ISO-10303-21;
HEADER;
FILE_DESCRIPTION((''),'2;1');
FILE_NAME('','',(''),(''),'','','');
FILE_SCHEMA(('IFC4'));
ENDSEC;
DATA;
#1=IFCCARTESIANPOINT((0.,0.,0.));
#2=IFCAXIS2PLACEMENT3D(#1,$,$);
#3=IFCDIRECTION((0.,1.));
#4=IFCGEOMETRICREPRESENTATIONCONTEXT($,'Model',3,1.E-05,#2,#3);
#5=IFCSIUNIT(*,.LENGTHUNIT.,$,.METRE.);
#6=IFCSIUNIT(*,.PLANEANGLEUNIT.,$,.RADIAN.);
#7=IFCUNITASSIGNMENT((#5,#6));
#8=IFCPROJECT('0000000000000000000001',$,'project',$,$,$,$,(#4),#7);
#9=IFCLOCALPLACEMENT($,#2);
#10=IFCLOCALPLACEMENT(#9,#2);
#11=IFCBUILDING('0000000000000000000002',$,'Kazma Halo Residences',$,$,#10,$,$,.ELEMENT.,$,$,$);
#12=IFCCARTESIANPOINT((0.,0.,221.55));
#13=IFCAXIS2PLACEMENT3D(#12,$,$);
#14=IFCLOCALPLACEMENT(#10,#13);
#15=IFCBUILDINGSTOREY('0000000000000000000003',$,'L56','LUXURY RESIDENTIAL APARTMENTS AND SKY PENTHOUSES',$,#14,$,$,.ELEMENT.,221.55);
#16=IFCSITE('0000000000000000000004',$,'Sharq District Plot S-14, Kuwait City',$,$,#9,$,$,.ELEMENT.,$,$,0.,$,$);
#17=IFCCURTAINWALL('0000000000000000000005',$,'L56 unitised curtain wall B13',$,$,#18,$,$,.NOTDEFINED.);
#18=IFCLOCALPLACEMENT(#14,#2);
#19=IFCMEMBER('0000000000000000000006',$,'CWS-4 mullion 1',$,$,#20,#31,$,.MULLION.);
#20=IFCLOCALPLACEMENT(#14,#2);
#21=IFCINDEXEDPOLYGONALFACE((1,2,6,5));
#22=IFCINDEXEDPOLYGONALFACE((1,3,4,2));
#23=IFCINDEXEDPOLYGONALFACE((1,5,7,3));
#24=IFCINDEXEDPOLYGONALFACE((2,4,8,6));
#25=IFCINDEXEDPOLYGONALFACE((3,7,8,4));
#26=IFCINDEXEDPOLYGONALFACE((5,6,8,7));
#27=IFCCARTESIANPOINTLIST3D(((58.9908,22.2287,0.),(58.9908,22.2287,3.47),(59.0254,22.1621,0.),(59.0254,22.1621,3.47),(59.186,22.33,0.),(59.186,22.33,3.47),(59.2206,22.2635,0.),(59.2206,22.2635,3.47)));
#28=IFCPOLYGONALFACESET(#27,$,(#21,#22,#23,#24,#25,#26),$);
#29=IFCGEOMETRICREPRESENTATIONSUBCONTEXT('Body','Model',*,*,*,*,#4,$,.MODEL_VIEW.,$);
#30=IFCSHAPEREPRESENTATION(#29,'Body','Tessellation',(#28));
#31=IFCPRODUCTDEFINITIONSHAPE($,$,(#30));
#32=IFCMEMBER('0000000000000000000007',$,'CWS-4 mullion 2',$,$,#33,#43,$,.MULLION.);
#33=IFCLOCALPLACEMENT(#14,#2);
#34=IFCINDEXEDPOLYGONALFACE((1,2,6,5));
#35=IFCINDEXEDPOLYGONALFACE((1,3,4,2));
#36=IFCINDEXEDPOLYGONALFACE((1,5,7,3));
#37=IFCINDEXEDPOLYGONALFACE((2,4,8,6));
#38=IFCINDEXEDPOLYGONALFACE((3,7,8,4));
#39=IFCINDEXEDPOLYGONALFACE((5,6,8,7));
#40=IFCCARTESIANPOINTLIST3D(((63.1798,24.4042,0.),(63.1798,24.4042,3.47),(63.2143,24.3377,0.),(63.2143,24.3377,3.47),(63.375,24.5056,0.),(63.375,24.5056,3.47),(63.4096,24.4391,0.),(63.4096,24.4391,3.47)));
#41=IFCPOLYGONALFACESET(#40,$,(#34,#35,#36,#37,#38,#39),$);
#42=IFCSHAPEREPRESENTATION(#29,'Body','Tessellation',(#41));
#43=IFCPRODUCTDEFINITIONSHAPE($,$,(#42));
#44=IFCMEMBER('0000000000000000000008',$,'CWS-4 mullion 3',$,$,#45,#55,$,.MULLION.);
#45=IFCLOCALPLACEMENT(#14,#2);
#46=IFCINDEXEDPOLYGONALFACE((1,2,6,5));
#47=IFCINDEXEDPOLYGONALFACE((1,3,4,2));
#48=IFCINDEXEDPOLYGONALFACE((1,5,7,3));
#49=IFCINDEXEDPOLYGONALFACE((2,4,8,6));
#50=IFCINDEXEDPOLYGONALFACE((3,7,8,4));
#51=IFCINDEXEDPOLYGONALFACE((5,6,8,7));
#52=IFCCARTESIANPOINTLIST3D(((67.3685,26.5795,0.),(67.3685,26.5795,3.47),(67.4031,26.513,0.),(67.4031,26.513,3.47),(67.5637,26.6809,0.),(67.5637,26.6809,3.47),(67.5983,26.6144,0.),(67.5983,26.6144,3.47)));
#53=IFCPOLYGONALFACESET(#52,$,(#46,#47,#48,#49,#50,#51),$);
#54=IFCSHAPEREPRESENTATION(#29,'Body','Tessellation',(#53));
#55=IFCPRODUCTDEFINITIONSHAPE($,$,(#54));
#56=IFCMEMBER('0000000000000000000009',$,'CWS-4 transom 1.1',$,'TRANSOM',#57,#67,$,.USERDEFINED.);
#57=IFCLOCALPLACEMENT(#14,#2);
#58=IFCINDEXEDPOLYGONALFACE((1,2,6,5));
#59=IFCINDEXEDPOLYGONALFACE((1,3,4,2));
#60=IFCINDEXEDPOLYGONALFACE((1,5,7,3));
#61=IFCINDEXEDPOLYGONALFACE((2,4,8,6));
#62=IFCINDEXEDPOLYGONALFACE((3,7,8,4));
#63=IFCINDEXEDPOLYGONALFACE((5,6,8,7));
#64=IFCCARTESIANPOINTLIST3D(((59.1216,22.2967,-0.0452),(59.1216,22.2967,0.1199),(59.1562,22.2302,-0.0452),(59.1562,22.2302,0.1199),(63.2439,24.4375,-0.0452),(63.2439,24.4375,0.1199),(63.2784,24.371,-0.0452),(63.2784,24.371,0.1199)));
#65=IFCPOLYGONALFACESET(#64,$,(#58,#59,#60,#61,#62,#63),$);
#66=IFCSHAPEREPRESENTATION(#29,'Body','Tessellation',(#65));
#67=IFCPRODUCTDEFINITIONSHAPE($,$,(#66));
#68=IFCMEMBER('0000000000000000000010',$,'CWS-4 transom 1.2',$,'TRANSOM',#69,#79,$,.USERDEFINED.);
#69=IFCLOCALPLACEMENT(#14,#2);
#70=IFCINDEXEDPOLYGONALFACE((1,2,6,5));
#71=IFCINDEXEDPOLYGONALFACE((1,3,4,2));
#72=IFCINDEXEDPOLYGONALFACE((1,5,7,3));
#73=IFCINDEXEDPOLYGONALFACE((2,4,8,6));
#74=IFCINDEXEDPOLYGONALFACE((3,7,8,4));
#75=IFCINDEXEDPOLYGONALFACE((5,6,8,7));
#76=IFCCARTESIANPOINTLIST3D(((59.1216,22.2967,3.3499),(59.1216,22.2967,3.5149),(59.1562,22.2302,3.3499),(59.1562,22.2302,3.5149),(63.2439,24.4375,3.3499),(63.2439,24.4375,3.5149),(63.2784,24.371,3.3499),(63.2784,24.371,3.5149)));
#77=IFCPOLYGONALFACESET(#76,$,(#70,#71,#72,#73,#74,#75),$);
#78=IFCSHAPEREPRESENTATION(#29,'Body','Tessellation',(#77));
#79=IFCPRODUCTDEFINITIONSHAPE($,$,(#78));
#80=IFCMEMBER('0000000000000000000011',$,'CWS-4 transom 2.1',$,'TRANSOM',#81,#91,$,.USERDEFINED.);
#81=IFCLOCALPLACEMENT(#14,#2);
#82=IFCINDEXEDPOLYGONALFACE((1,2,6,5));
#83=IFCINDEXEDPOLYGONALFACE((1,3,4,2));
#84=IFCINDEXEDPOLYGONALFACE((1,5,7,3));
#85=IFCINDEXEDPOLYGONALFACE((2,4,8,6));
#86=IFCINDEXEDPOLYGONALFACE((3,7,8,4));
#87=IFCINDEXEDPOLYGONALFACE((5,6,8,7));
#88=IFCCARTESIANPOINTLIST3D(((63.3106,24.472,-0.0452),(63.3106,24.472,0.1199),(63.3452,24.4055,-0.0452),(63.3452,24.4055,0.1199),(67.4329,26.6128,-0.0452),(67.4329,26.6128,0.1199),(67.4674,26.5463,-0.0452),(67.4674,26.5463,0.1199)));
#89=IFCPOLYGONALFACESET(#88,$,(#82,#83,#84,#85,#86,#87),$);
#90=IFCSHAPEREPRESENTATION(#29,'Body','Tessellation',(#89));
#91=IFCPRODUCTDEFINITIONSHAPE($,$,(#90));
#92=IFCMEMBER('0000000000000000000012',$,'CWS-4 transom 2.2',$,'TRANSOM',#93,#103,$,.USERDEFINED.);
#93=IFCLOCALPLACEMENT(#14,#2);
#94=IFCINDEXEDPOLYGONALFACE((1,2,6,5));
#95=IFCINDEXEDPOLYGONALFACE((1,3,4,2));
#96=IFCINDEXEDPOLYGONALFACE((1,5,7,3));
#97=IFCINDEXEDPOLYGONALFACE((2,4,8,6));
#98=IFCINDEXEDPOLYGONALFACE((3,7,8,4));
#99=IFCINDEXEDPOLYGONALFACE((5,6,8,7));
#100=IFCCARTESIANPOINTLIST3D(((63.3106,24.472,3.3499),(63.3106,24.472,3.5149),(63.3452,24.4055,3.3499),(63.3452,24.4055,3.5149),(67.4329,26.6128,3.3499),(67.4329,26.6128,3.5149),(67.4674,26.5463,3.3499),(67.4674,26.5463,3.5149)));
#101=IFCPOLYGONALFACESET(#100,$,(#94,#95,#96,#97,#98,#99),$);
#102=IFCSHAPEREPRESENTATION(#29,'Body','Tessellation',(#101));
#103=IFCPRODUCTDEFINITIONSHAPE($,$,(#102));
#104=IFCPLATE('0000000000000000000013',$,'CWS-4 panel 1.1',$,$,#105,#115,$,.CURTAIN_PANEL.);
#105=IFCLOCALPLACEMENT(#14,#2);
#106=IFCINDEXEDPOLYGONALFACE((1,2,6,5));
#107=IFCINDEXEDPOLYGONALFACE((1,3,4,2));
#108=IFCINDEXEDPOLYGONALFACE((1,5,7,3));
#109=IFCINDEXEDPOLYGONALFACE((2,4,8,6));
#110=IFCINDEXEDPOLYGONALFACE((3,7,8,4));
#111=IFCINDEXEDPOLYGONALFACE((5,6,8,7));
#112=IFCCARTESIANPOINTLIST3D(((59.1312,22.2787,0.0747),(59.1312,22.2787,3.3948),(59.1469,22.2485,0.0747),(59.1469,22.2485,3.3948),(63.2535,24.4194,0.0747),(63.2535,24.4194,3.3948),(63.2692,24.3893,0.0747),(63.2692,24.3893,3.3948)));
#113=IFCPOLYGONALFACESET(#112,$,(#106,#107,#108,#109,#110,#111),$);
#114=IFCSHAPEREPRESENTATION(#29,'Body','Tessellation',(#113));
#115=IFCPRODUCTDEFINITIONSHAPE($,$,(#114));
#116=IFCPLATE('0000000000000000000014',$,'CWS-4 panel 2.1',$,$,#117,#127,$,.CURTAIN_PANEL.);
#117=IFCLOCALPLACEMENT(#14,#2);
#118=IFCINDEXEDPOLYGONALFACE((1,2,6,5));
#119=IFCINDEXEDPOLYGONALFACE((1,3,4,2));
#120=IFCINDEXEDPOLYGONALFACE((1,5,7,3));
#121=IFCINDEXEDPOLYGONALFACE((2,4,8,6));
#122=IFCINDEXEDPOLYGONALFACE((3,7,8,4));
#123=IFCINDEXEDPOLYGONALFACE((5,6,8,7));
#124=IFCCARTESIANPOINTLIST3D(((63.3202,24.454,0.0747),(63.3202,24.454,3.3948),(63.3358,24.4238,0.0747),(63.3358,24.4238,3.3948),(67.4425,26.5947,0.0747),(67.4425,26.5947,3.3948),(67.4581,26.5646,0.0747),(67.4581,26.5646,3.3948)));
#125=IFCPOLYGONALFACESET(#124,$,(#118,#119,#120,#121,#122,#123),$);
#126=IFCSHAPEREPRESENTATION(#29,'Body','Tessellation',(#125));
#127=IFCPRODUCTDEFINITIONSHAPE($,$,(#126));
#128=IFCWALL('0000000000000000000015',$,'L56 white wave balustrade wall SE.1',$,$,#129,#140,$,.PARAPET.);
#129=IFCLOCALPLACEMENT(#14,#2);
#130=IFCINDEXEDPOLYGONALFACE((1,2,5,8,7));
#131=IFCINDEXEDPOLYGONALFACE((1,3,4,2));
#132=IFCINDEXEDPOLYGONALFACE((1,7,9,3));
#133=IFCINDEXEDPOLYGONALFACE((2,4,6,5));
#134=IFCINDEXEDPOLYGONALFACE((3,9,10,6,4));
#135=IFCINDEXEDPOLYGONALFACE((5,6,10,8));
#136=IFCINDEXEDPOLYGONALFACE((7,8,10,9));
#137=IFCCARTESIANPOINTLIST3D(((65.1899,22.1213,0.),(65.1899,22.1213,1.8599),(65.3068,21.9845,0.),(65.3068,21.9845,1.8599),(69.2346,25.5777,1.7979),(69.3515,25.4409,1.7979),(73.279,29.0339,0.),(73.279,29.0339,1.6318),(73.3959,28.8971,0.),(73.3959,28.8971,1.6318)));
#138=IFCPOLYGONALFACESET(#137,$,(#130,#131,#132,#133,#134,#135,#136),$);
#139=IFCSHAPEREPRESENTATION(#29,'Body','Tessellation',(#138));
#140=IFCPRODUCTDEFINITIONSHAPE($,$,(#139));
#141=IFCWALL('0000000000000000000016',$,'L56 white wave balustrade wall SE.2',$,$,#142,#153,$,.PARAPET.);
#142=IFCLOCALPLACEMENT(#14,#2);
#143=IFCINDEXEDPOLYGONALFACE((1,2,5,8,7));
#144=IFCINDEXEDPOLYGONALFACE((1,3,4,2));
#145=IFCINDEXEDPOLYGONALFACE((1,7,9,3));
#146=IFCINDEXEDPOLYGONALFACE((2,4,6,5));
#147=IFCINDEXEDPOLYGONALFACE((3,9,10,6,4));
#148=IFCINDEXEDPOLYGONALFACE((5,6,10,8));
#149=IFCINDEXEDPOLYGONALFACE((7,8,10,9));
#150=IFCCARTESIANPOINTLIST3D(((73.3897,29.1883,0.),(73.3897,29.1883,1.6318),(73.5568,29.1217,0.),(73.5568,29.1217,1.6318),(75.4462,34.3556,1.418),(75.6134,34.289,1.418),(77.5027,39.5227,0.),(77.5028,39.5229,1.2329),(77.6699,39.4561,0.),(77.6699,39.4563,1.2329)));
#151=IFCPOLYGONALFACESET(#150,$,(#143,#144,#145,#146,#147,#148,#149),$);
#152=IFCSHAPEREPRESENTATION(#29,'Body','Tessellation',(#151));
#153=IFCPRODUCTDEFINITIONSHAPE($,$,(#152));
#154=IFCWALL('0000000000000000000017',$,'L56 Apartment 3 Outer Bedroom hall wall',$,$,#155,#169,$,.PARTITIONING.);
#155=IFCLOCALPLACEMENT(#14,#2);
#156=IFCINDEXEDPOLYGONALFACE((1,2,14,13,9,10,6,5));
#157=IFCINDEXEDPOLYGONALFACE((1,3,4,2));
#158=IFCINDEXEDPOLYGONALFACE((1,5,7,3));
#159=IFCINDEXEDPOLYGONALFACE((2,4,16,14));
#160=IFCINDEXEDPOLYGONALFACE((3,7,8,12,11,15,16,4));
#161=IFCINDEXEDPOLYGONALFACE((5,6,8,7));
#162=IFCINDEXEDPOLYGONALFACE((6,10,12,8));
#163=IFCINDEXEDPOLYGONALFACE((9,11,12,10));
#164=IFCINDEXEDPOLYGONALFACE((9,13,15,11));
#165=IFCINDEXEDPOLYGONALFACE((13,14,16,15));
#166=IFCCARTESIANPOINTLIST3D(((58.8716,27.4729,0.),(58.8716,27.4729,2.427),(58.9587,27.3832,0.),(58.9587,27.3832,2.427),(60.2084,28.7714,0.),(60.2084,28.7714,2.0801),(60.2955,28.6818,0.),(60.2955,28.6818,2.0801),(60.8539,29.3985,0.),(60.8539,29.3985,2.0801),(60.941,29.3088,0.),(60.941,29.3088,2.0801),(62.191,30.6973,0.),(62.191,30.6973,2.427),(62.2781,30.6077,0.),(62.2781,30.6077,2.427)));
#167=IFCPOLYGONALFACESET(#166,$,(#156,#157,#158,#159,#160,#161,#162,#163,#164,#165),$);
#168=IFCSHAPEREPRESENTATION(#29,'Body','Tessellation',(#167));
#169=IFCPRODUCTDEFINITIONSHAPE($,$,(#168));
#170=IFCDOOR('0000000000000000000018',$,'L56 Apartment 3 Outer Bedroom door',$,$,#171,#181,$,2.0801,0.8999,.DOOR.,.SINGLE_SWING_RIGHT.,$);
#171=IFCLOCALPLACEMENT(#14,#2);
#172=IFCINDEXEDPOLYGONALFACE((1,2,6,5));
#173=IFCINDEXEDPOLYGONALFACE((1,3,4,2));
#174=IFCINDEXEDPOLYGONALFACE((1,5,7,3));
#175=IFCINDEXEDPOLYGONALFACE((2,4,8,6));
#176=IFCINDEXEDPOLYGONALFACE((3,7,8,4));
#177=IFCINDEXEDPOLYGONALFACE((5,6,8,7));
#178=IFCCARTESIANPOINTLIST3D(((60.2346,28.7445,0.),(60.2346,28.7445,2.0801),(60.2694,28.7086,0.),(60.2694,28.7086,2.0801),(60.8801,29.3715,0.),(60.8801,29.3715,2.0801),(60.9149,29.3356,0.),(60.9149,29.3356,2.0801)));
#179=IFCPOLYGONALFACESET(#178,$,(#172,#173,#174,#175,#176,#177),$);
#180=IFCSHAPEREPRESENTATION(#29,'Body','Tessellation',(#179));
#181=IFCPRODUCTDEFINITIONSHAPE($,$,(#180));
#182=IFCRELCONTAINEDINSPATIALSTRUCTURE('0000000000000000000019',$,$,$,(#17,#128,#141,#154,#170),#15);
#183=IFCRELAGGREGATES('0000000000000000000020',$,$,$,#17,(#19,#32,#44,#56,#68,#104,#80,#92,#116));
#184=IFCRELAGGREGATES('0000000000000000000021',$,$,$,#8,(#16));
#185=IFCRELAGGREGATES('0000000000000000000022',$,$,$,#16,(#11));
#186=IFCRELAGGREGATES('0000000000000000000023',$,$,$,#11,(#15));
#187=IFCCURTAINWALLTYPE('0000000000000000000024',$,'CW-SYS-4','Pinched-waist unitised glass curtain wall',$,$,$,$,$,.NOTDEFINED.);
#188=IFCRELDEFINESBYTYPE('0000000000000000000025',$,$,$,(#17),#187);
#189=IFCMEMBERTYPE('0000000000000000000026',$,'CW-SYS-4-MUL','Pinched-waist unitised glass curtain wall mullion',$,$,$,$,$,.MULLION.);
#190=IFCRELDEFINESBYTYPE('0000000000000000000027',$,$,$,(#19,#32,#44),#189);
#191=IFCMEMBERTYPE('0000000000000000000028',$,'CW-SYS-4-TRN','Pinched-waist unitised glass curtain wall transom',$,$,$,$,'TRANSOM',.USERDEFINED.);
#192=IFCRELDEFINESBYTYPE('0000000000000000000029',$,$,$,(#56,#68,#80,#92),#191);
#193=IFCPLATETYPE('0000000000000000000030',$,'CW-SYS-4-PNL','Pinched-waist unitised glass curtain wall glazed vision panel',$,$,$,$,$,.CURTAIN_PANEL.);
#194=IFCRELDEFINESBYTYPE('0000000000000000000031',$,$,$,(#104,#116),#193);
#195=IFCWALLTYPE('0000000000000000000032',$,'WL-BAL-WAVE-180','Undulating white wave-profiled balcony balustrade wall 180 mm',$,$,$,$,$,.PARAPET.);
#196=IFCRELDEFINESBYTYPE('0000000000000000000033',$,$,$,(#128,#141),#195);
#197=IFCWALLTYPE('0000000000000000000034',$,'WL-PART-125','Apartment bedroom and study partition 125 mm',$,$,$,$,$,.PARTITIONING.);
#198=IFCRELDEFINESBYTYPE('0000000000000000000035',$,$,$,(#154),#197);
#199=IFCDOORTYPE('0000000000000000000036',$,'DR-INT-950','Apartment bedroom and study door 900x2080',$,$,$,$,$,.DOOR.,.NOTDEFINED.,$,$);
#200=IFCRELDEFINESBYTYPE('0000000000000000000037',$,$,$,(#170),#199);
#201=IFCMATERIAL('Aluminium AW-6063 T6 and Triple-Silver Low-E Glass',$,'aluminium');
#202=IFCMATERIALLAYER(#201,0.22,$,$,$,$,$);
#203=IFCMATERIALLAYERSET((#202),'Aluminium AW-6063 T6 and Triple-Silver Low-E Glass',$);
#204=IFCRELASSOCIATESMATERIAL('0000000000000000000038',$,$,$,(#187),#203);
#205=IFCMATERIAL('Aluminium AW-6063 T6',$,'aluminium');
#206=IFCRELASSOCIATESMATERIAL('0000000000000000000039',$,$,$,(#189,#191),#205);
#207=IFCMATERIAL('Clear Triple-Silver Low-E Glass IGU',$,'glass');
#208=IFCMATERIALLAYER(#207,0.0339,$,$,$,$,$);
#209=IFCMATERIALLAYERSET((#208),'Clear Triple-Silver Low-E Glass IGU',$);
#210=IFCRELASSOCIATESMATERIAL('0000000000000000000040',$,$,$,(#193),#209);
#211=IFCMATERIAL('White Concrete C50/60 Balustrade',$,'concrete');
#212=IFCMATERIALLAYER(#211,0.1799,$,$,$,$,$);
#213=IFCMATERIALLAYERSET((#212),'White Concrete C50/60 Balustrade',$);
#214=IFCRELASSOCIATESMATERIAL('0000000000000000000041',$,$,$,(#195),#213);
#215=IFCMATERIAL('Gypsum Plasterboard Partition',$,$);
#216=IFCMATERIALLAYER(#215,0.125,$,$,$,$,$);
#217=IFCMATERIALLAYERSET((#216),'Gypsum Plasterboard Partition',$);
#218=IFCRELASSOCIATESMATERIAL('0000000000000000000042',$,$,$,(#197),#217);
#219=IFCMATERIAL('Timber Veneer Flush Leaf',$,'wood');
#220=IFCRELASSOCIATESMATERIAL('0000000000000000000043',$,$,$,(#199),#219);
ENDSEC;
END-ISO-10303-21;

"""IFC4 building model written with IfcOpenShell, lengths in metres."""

from ifc_helpers import new_model, si_unit, direction, frame, frame_2d, origin, origin_2d, place, context, subcontext, project, spatial, polyline, rectangle, outline, extrude, material, layer, layer_set, material_profile, profile_set, type_object, element, fill, aggregate, save


model = new_model("IFC4")

# Units and contexts
model_context = context("Model", 3, precision=1e-05, world=origin(), true_north=direction((0.0, 1.0)))
body_context = subcontext(model_context, "Body", "Model", "MODEL_VIEW")
ifc_project = project(units=[si_unit("LENGTHUNIT", "METRE"), si_unit("PLANEANGLEUNIT", "RADIAN")], contexts=[model_context])

# Site, building, storey
site_placement = place(None, origin())
site = spatial("IfcSite", under=ifc_project, at=site_placement, Name="Sharq District Plot S-14, Kuwait City", CompositionType="ELEMENT", RefElevation=0.0)
building_placement = place(site_placement, origin())
building = spatial("IfcBuilding", under=site, at=building_placement, Name="Kazma Halo Residences", CompositionType="ELEMENT")
storey_placement = place(building_placement, frame((0.0, 0.0, 221.55)))
storey = spatial("IfcBuildingStorey", under=building, at=storey_placement, Name="L56", Description="LUXURY RESIDENTIAL APARTMENTS AND SKY PENTHOUSES", CompositionType="ELEMENT", Elevation=221.55)

# Curtain wall, members, plates
ifc_material_1 = material(Name="Aluminium AW-6063 T6 and Triple-Silver Low-E Glass", Category="aluminium")
ifc_layer_1 = layer(ifc_material_1, 0.22)
ifc_layer_set_1 = layer_set([ifc_layer_1], Name="Aluminium AW-6063 T6 and Triple-Silver Low-E Glass")
curtain_wall_type = type_object("IfcCurtainWallType", Name="CW-SYS-4", Description="Pinched-waist unitised glass curtain wall", PredefinedType="NOTDEFINED", material=ifc_layer_set_1)
curtain_wall_placement = place(storey_placement, origin())
curtain_wall = element("IfcCurtainWall", 1, at=curtain_wall_placement, inside=storey, type_object=curtain_wall_type, Name="L56 unitised curtain wall B13", PredefinedType="NOTDEFINED")
ifc_material_2 = material(Name="Aluminium AW-6063 T6", Category="aluminium")
ifc_material_profile_1 = material_profile(ifc_material_2, rectangle(XDim=0.075, YDim=0.22, at=origin_2d()), Name="CWM-75x220")
ifc_profile_set_1 = profile_set([ifc_material_profile_1], Name="Aluminium AW-6063 T6")
member_type_1 = type_object("IfcMemberType", Name="CW-SYS-4-MUL", Description="Pinched-waist unitised glass curtain wall mullion", PredefinedType="MULLION", material=ifc_profile_set_1)
member_1_placement = place(storey_placement, frame((59.1057, 22.2461, 0.0), z_axis=(0.0, 0.0, 1.0), x_axis=(-0.460874, 0.887466, 0.0)))
member_1 = element("IfcMember", 2, at=member_1_placement, type_object=member_type_1, Name="CWS-4 mullion 1", PredefinedType="MULLION", context=body_context, shape_type="SweptSolid", body=[
    extrude(rectangle(XDim=0.075, YDim=0.22, at=origin_2d()), origin(), (0.0, 0.0, 1.0), 3.47),
])
member_2_placement = place(storey_placement, frame((63.2947, 24.4216, 0.0), z_axis=(0.0, 0.0, 1.0), x_axis=(-0.460874, 0.887466, 0.0)))
member_2 = element("IfcMember", 3, at=member_2_placement, type_object=member_type_1, Name="CWS-4 mullion 2", PredefinedType="MULLION", context=body_context, shape_type="SweptSolid", body=[
    extrude(rectangle(XDim=0.075, YDim=0.22, at=origin_2d()), origin(), (0.0, 0.0, 1.0), 3.47),
])
member_3_placement = place(storey_placement, frame((67.4834, 26.5969, 0.0), z_axis=(0.0, 0.0, 1.0), x_axis=(-0.460874, 0.887466, 0.0)))
member_3 = element("IfcMember", 4, at=member_3_placement, type_object=member_type_1, Name="CWS-4 mullion 3", PredefinedType="MULLION", context=body_context, shape_type="SweptSolid", body=[
    extrude(rectangle(XDim=0.075, YDim=0.22, at=origin_2d()), origin(), (0.0, 0.0, 1.0), 3.47),
])
ifc_material_profile_2 = material_profile(ifc_material_2, rectangle(XDim=0.075, YDim=0.165, at=origin_2d()), Name="CWT-75x165")
ifc_profile_set_2 = profile_set([ifc_material_profile_2], Name="Aluminium AW-6063 T6")
member_type_2 = type_object("IfcMemberType", Name="CW-SYS-4-TRN", Description="Pinched-waist unitised glass curtain wall transom", ElementType="TRANSOM", PredefinedType="USERDEFINED", material=ifc_profile_set_2)
member_4_placement = place(storey_placement, frame((59.1389, 22.2634, 0.0374), z_axis=(0.887458, 0.460889, 0.0), x_axis=(-0.460889, 0.887458, 0.0)))
member_4 = element("IfcMember", 5, at=member_4_placement, type_object=member_type_2, Name="CWS-4 transom 1.1", ObjectType="TRANSOM", PredefinedType="USERDEFINED", context=body_context, shape_type="SweptSolid", body=[
    extrude(rectangle(XDim=0.075, YDim=0.165, at=origin_2d()), origin(), (0.0, 0.0, 1.0), 4.645),
])
member_5_placement = place(storey_placement, frame((59.1389, 22.2634, 3.4324), z_axis=(0.887458, 0.460889, 0.0), x_axis=(-0.460889, 0.887458, 0.0)))
member_5 = element("IfcMember", 6, at=member_5_placement, type_object=member_type_2, Name="CWS-4 transom 1.2", ObjectType="TRANSOM", PredefinedType="USERDEFINED", context=body_context, shape_type="SweptSolid", body=[
    extrude(rectangle(XDim=0.075, YDim=0.165, at=origin_2d()), origin(), (0.0, 0.0, 1.0), 4.645),
])
member_6_placement = place(storey_placement, frame((63.3279, 24.4387, 0.0374), z_axis=(0.887458, 0.460889, 0.0), x_axis=(-0.460889, 0.887458, 0.0)))
member_6 = element("IfcMember", 7, at=member_6_placement, type_object=member_type_2, Name="CWS-4 transom 2.1", ObjectType="TRANSOM", PredefinedType="USERDEFINED", context=body_context, shape_type="SweptSolid", body=[
    extrude(rectangle(XDim=0.075, YDim=0.165, at=origin_2d()), origin(), (0.0, 0.0, 1.0), 4.645),
])
member_7_placement = place(storey_placement, frame((63.3279, 24.4387, 3.4324), z_axis=(0.887458, 0.460889, 0.0), x_axis=(-0.460889, 0.887458, 0.0)))
member_7 = element("IfcMember", 8, at=member_7_placement, type_object=member_type_2, Name="CWS-4 transom 2.2", ObjectType="TRANSOM", PredefinedType="USERDEFINED", context=body_context, shape_type="SweptSolid", body=[
    extrude(rectangle(XDim=0.075, YDim=0.165, at=origin_2d()), origin(), (0.0, 0.0, 1.0), 4.645),
])
ifc_material_3 = material(Name="Clear Triple-Silver Low-E Glass IGU", Category="glass")
ifc_layer_2 = layer(ifc_material_3, 0.0339)
ifc_layer_set_2 = layer_set([ifc_layer_2], Name="Clear Triple-Silver Low-E Glass IGU")
plate_type = type_object("IfcPlateType", Name="CW-SYS-4-PNL", Description="Pinched-waist unitised glass curtain wall glazed vision panel", PredefinedType="CURTAIN_PANEL", material=ifc_layer_set_2)
plate_1_placement = place(storey_placement, frame((61.2002, 23.334, 0.0747), z_axis=(0.0, 0.0, 1.0), x_axis=(0.887466, 0.460874, 0.0)))
plate_1 = element("IfcPlate", 9, at=plate_1_placement, type_object=plate_type, Name="CWS-4 panel 1.1", PredefinedType="CURTAIN_PANEL", context=body_context, shape_type="SweptSolid", body=[
    extrude(rectangle(XDim=4.645, YDim=0.0339, at=origin_2d()), origin(), (0.0, 0.0, 1.0), 3.3201),
])
plate_2_placement = place(storey_placement, frame((65.3892, 25.5093, 0.0747), z_axis=(0.0, 0.0, 1.0), x_axis=(0.887466, 0.460874, 0.0)))
plate_2 = element("IfcPlate", 10, at=plate_2_placement, type_object=plate_type, Name="CWS-4 panel 2.1", PredefinedType="CURTAIN_PANEL", context=body_context, shape_type="SweptSolid", body=[
    extrude(rectangle(XDim=4.645, YDim=0.0339, at=origin_2d()), origin(), (0.0, 0.0, 1.0), 3.3201),
])
aggregate(curtain_wall, [member_1, member_2, member_3, member_4, member_5, plate_1, member_6, member_7, plate_2])

# Walls
ifc_material_4 = material(Name="White Concrete C50/60 Balustrade", Category="concrete")
ifc_layer_3 = layer(ifc_material_4, 0.1799)
ifc_layer_set_3 = layer_set([ifc_layer_3], Name="White Concrete C50/60 Balustrade")
wall_type_1 = type_object("IfcWallType", Name="WL-BAL-WAVE-180", Description="Undulating white wave-profiled balcony balustrade wall 180 mm", PredefinedType="PARAPET", material=ifc_layer_set_3)
wall_1_placement = place(storey_placement, frame((65.2483, 22.053, 0.0), z_axis=(0.0, 0.0, 1.0), x_axis=(0.760228, 0.649657, 0.0)))
element("IfcWall", 11, at=wall_1_placement, inside=storey, type_object=wall_type_1, Name="L56 white wave balustrade wall SE.1", PredefinedType="PARAPET", context=body_context, shape_type="SweptSolid", body=[
    extrude(outline(polyline([(0.0, 0.0), (10.6404, 0.0), (10.6404, 1.6318), (5.3203, 1.7979), (0.0, 1.8599), (0.0, 0.0)])), frame((0.0, 0.0898, 0.0), z_axis=(0.0, -1.0, 0.0), x_axis=(1.0, 0.0, 0.0)), (0.0, 0.0, 1.0), 0.1799),
])
wall_2_placement = place(storey_placement, frame((73.4731, 29.155, 0.0), z_axis=(0.0, 0.0, 1.0), x_axis=(0.369782, 0.929119, 0.0)))
element("IfcWall", 12, at=wall_2_placement, inside=storey, type_object=wall_type_1, Name="L56 white wave balustrade wall SE.2", PredefinedType="PARAPET", context=body_context, shape_type="SweptSolid", body=[
    extrude(outline(polyline([(0.0, 0.0), (11.1228, 0.0), (11.123, 1.2329), (5.5615, 1.418), (0.0, 1.6318), (0.0, 0.0)])), frame((0.0, 0.0898, 0.0), z_axis=(0.0, -1.0, 0.0), x_axis=(1.0, 0.0, 0.0)), (0.0, 0.0, 1.0), 0.1799),
])

# Wall, opening, door
ifc_material_5 = material(Name="Gypsum Plasterboard Partition")
ifc_layer_4 = layer(ifc_material_5, 0.125)
ifc_layer_set_4 = layer_set([ifc_layer_4], Name="Gypsum Plasterboard Partition")
wall_type_2 = type_object("IfcWallType", Name="WL-PART-125", Description="Apartment bedroom and study partition 125 mm", PredefinedType="PARTITIONING", material=ifc_layer_set_4)
wall_3_placement = place(storey_placement, frame((58.915, 27.428, 0.0), z_axis=(0.0, 0.0, 1.0), x_axis=(0.717294, 0.696771, 0.0)))
wall_3 = element("IfcWall", 13, at=wall_3_placement, inside=storey, type_object=wall_type_2, Name="L56 Apartment 3 Outer Bedroom hall wall", PredefinedType="PARTITIONING", context=body_context, shape_type="SweptSolid", body=[
    extrude(rectangle(XDim=4.6277, YDim=0.125, at=frame_2d((2.314, 0.0))), origin(), (0.0, 0.0, 1.0), 2.427),
])
opening_1_placement = place(wall_3_placement, frame((1.8638, 0.0, 0.0)))
opening_1 = element("IfcOpeningElement", 14, at=opening_1_placement, cuts=wall_3, PredefinedType="OPENING", context=body_context, shape_type="SweptSolid", body=[
    extrude(rectangle(XDim=0.8999, YDim=2.0801, at=frame_2d((0.45, 1.04))), frame((0.0, 0.0725, 0.0), z_axis=(0.0, -1.0, 0.0), x_axis=(1.0, 0.0, 0.0)), (0.0, 0.0, 1.0), 0.145),
])
ifc_material_6 = material(Name="Timber Veneer Flush Leaf", Category="wood")
door_type_1 = type_object("IfcDoorType", Name="DR-INT-950", Description="Apartment bedroom and study door 900x2080", OperationType="NOTDEFINED", PredefinedType="DOOR", material=ifc_material_6)
door_1_placement = place(opening_1_placement, origin())
door_1 = element("IfcDoor", 15, at=door_1_placement, inside=storey, type_object=door_type_1, Name="L56 Apartment 3 Outer Bedroom door", OperationType="SINGLE_SWING_RIGHT", OverallHeight=2.0801, OverallWidth=0.8999, PredefinedType="DOOR", context=body_context, shape_type="SweptSolid", body=[
    extrude(rectangle(XDim=0.8999, YDim=2.0801, at=frame_2d((0.45, 1.04))), frame((0.0, 0.0249, 0.0), z_axis=(0.0, -1.0, 0.0), x_axis=(1.0, 0.0, 0.0)), (0.0, 0.0, 1.0), 0.05),
])
fill(opening_1, door_1)

save(model, "model.ifc")
